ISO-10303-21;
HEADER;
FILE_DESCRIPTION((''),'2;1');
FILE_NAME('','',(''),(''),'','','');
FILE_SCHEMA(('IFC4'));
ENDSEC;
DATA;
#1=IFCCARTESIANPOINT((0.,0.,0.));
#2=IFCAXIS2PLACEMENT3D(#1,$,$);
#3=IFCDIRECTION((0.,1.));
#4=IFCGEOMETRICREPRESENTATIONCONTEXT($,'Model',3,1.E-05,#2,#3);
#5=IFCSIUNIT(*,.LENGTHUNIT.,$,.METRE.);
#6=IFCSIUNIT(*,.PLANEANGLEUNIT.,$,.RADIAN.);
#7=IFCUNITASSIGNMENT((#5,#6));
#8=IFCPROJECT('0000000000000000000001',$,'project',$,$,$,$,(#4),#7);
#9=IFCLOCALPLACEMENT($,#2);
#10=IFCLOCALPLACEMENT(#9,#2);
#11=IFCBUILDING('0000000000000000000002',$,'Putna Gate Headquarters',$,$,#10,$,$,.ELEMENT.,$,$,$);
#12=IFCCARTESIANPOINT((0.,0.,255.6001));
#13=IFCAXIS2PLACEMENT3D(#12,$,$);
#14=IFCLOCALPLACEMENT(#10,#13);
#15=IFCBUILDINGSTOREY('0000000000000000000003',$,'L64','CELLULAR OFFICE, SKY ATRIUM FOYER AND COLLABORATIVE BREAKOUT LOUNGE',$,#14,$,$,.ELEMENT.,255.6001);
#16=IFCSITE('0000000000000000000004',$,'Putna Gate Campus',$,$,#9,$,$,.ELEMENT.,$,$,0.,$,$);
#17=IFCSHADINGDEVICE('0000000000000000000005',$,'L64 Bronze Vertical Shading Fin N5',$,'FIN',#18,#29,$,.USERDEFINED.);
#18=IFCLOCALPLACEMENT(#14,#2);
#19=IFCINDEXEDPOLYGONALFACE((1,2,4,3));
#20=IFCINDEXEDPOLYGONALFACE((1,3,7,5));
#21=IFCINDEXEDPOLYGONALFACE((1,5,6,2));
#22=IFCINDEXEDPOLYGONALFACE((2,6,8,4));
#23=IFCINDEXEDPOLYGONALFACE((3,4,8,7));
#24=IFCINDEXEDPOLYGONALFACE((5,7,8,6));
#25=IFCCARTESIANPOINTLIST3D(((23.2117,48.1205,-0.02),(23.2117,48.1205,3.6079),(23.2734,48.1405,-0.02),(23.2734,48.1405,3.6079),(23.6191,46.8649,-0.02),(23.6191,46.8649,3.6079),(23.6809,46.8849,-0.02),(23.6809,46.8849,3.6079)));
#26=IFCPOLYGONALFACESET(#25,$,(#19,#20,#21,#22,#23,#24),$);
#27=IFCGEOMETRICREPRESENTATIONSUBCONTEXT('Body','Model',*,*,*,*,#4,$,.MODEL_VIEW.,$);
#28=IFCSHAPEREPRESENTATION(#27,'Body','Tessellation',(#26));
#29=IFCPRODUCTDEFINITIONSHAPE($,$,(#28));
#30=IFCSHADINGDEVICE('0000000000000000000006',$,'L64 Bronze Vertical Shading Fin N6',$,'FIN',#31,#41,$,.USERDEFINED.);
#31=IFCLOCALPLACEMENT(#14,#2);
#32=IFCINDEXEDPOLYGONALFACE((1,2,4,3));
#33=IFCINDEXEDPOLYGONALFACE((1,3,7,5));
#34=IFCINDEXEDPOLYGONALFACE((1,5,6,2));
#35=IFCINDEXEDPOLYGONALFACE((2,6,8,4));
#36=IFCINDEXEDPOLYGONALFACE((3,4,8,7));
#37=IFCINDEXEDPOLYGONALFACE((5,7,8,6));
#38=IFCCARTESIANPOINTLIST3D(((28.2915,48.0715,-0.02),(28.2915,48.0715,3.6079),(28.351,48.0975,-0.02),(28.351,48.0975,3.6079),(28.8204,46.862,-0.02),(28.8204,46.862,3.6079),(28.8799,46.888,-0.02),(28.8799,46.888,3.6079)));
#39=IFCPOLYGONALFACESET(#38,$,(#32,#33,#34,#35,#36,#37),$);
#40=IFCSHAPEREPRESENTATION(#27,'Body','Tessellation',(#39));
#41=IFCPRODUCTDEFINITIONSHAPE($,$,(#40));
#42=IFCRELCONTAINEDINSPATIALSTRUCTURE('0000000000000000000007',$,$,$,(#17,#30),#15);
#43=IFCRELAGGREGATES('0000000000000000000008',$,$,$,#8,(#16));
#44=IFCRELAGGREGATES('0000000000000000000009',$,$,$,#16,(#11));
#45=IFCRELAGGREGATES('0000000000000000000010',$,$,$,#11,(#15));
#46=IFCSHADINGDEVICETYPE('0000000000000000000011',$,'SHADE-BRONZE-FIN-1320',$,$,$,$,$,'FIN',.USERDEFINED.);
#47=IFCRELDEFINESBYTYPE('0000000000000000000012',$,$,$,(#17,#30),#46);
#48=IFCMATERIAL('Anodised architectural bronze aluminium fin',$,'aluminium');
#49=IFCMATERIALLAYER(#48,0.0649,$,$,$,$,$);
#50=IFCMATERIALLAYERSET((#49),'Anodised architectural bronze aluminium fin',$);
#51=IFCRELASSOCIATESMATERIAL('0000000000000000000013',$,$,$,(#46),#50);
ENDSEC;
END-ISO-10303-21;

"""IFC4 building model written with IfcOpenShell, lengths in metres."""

from ifc_helpers import new_model, si_unit, direction, frame, origin, origin_2d, place, context, subcontext, project, spatial, rectangle, extrude, material, layer, layer_set, type_object, element, save


model = new_model("IFC4")

# Units and contexts
model_context = context("Model", 3, precision=1e-05, world=origin(), true_north=direction((0.0, 1.0)))
body_context = subcontext(model_context, "Body", "Model", "MODEL_VIEW")
ifc_project = project(units=[si_unit("LENGTHUNIT", "METRE"), si_unit("PLANEANGLEUNIT", "RADIAN")], contexts=[model_context])

# Site, building, storey
site_placement = place(None, origin())
site = spatial("IfcSite", under=ifc_project, at=site_placement, Name="Putna Gate Campus", CompositionType="ELEMENT", RefElevation=0.0)
building_placement = place(site_placement, origin())
building = spatial("IfcBuilding", under=site, at=building_placement, Name="Putna Gate Headquarters", CompositionType="ELEMENT")
storey_placement = place(building_placement, frame((0.0, 0.0, 255.6001)))
storey = spatial("IfcBuildingStorey", under=building, at=storey_placement, Name="L64", Description="CELLULAR OFFICE, SKY ATRIUM FOYER AND COLLABORATIVE BREAKOUT LOUNGE", CompositionType="ELEMENT", Elevation=255.6001)

# Shading devices
ifc_material_1 = material(Name="Anodised architectural bronze aluminium fin", Category="aluminium")
ifc_layer_1 = layer(ifc_material_1, 0.0649)
ifc_layer_set_1 = layer_set([ifc_layer_1], Name="Anodised architectural bronze aluminium fin")
shading_device_type = type_object("IfcShadingDeviceType", Name="SHADE-BRONZE-FIN-1320", ElementType="FIN", PredefinedType="USERDEFINED", material=ifc_layer_set_1)
for number, where, z_axis, x_axis, name in (
    (1, (23.4463, 47.5027, -0.02), (0.0, 0.0, 1.0), (-0.308685, 0.951164, 0.0), "L64 Bronze Vertical Shading Fin N5"),
    (2, (28.5857, 47.4797, -0.02), (0.0, 0.0, 1.0), (-0.400669, 0.916223, 0.0), "L64 Bronze Vertical Shading Fin N6"),
):
    element("IfcShadingDevice", number, at=place(storey_placement, frame(where, z_axis=z_axis, x_axis=x_axis)), inside=storey, type_object=shading_device_type, Name=name, ObjectType="FIN", PredefinedType="USERDEFINED", context=body_context, shape_type="SweptSolid", body=[
        extrude(rectangle(XDim=1.3201, YDim=0.0649, at=origin_2d()), origin(), (0.0, 0.0, 1.0), 3.6279),
    ])

save(model, "model.ifc")
